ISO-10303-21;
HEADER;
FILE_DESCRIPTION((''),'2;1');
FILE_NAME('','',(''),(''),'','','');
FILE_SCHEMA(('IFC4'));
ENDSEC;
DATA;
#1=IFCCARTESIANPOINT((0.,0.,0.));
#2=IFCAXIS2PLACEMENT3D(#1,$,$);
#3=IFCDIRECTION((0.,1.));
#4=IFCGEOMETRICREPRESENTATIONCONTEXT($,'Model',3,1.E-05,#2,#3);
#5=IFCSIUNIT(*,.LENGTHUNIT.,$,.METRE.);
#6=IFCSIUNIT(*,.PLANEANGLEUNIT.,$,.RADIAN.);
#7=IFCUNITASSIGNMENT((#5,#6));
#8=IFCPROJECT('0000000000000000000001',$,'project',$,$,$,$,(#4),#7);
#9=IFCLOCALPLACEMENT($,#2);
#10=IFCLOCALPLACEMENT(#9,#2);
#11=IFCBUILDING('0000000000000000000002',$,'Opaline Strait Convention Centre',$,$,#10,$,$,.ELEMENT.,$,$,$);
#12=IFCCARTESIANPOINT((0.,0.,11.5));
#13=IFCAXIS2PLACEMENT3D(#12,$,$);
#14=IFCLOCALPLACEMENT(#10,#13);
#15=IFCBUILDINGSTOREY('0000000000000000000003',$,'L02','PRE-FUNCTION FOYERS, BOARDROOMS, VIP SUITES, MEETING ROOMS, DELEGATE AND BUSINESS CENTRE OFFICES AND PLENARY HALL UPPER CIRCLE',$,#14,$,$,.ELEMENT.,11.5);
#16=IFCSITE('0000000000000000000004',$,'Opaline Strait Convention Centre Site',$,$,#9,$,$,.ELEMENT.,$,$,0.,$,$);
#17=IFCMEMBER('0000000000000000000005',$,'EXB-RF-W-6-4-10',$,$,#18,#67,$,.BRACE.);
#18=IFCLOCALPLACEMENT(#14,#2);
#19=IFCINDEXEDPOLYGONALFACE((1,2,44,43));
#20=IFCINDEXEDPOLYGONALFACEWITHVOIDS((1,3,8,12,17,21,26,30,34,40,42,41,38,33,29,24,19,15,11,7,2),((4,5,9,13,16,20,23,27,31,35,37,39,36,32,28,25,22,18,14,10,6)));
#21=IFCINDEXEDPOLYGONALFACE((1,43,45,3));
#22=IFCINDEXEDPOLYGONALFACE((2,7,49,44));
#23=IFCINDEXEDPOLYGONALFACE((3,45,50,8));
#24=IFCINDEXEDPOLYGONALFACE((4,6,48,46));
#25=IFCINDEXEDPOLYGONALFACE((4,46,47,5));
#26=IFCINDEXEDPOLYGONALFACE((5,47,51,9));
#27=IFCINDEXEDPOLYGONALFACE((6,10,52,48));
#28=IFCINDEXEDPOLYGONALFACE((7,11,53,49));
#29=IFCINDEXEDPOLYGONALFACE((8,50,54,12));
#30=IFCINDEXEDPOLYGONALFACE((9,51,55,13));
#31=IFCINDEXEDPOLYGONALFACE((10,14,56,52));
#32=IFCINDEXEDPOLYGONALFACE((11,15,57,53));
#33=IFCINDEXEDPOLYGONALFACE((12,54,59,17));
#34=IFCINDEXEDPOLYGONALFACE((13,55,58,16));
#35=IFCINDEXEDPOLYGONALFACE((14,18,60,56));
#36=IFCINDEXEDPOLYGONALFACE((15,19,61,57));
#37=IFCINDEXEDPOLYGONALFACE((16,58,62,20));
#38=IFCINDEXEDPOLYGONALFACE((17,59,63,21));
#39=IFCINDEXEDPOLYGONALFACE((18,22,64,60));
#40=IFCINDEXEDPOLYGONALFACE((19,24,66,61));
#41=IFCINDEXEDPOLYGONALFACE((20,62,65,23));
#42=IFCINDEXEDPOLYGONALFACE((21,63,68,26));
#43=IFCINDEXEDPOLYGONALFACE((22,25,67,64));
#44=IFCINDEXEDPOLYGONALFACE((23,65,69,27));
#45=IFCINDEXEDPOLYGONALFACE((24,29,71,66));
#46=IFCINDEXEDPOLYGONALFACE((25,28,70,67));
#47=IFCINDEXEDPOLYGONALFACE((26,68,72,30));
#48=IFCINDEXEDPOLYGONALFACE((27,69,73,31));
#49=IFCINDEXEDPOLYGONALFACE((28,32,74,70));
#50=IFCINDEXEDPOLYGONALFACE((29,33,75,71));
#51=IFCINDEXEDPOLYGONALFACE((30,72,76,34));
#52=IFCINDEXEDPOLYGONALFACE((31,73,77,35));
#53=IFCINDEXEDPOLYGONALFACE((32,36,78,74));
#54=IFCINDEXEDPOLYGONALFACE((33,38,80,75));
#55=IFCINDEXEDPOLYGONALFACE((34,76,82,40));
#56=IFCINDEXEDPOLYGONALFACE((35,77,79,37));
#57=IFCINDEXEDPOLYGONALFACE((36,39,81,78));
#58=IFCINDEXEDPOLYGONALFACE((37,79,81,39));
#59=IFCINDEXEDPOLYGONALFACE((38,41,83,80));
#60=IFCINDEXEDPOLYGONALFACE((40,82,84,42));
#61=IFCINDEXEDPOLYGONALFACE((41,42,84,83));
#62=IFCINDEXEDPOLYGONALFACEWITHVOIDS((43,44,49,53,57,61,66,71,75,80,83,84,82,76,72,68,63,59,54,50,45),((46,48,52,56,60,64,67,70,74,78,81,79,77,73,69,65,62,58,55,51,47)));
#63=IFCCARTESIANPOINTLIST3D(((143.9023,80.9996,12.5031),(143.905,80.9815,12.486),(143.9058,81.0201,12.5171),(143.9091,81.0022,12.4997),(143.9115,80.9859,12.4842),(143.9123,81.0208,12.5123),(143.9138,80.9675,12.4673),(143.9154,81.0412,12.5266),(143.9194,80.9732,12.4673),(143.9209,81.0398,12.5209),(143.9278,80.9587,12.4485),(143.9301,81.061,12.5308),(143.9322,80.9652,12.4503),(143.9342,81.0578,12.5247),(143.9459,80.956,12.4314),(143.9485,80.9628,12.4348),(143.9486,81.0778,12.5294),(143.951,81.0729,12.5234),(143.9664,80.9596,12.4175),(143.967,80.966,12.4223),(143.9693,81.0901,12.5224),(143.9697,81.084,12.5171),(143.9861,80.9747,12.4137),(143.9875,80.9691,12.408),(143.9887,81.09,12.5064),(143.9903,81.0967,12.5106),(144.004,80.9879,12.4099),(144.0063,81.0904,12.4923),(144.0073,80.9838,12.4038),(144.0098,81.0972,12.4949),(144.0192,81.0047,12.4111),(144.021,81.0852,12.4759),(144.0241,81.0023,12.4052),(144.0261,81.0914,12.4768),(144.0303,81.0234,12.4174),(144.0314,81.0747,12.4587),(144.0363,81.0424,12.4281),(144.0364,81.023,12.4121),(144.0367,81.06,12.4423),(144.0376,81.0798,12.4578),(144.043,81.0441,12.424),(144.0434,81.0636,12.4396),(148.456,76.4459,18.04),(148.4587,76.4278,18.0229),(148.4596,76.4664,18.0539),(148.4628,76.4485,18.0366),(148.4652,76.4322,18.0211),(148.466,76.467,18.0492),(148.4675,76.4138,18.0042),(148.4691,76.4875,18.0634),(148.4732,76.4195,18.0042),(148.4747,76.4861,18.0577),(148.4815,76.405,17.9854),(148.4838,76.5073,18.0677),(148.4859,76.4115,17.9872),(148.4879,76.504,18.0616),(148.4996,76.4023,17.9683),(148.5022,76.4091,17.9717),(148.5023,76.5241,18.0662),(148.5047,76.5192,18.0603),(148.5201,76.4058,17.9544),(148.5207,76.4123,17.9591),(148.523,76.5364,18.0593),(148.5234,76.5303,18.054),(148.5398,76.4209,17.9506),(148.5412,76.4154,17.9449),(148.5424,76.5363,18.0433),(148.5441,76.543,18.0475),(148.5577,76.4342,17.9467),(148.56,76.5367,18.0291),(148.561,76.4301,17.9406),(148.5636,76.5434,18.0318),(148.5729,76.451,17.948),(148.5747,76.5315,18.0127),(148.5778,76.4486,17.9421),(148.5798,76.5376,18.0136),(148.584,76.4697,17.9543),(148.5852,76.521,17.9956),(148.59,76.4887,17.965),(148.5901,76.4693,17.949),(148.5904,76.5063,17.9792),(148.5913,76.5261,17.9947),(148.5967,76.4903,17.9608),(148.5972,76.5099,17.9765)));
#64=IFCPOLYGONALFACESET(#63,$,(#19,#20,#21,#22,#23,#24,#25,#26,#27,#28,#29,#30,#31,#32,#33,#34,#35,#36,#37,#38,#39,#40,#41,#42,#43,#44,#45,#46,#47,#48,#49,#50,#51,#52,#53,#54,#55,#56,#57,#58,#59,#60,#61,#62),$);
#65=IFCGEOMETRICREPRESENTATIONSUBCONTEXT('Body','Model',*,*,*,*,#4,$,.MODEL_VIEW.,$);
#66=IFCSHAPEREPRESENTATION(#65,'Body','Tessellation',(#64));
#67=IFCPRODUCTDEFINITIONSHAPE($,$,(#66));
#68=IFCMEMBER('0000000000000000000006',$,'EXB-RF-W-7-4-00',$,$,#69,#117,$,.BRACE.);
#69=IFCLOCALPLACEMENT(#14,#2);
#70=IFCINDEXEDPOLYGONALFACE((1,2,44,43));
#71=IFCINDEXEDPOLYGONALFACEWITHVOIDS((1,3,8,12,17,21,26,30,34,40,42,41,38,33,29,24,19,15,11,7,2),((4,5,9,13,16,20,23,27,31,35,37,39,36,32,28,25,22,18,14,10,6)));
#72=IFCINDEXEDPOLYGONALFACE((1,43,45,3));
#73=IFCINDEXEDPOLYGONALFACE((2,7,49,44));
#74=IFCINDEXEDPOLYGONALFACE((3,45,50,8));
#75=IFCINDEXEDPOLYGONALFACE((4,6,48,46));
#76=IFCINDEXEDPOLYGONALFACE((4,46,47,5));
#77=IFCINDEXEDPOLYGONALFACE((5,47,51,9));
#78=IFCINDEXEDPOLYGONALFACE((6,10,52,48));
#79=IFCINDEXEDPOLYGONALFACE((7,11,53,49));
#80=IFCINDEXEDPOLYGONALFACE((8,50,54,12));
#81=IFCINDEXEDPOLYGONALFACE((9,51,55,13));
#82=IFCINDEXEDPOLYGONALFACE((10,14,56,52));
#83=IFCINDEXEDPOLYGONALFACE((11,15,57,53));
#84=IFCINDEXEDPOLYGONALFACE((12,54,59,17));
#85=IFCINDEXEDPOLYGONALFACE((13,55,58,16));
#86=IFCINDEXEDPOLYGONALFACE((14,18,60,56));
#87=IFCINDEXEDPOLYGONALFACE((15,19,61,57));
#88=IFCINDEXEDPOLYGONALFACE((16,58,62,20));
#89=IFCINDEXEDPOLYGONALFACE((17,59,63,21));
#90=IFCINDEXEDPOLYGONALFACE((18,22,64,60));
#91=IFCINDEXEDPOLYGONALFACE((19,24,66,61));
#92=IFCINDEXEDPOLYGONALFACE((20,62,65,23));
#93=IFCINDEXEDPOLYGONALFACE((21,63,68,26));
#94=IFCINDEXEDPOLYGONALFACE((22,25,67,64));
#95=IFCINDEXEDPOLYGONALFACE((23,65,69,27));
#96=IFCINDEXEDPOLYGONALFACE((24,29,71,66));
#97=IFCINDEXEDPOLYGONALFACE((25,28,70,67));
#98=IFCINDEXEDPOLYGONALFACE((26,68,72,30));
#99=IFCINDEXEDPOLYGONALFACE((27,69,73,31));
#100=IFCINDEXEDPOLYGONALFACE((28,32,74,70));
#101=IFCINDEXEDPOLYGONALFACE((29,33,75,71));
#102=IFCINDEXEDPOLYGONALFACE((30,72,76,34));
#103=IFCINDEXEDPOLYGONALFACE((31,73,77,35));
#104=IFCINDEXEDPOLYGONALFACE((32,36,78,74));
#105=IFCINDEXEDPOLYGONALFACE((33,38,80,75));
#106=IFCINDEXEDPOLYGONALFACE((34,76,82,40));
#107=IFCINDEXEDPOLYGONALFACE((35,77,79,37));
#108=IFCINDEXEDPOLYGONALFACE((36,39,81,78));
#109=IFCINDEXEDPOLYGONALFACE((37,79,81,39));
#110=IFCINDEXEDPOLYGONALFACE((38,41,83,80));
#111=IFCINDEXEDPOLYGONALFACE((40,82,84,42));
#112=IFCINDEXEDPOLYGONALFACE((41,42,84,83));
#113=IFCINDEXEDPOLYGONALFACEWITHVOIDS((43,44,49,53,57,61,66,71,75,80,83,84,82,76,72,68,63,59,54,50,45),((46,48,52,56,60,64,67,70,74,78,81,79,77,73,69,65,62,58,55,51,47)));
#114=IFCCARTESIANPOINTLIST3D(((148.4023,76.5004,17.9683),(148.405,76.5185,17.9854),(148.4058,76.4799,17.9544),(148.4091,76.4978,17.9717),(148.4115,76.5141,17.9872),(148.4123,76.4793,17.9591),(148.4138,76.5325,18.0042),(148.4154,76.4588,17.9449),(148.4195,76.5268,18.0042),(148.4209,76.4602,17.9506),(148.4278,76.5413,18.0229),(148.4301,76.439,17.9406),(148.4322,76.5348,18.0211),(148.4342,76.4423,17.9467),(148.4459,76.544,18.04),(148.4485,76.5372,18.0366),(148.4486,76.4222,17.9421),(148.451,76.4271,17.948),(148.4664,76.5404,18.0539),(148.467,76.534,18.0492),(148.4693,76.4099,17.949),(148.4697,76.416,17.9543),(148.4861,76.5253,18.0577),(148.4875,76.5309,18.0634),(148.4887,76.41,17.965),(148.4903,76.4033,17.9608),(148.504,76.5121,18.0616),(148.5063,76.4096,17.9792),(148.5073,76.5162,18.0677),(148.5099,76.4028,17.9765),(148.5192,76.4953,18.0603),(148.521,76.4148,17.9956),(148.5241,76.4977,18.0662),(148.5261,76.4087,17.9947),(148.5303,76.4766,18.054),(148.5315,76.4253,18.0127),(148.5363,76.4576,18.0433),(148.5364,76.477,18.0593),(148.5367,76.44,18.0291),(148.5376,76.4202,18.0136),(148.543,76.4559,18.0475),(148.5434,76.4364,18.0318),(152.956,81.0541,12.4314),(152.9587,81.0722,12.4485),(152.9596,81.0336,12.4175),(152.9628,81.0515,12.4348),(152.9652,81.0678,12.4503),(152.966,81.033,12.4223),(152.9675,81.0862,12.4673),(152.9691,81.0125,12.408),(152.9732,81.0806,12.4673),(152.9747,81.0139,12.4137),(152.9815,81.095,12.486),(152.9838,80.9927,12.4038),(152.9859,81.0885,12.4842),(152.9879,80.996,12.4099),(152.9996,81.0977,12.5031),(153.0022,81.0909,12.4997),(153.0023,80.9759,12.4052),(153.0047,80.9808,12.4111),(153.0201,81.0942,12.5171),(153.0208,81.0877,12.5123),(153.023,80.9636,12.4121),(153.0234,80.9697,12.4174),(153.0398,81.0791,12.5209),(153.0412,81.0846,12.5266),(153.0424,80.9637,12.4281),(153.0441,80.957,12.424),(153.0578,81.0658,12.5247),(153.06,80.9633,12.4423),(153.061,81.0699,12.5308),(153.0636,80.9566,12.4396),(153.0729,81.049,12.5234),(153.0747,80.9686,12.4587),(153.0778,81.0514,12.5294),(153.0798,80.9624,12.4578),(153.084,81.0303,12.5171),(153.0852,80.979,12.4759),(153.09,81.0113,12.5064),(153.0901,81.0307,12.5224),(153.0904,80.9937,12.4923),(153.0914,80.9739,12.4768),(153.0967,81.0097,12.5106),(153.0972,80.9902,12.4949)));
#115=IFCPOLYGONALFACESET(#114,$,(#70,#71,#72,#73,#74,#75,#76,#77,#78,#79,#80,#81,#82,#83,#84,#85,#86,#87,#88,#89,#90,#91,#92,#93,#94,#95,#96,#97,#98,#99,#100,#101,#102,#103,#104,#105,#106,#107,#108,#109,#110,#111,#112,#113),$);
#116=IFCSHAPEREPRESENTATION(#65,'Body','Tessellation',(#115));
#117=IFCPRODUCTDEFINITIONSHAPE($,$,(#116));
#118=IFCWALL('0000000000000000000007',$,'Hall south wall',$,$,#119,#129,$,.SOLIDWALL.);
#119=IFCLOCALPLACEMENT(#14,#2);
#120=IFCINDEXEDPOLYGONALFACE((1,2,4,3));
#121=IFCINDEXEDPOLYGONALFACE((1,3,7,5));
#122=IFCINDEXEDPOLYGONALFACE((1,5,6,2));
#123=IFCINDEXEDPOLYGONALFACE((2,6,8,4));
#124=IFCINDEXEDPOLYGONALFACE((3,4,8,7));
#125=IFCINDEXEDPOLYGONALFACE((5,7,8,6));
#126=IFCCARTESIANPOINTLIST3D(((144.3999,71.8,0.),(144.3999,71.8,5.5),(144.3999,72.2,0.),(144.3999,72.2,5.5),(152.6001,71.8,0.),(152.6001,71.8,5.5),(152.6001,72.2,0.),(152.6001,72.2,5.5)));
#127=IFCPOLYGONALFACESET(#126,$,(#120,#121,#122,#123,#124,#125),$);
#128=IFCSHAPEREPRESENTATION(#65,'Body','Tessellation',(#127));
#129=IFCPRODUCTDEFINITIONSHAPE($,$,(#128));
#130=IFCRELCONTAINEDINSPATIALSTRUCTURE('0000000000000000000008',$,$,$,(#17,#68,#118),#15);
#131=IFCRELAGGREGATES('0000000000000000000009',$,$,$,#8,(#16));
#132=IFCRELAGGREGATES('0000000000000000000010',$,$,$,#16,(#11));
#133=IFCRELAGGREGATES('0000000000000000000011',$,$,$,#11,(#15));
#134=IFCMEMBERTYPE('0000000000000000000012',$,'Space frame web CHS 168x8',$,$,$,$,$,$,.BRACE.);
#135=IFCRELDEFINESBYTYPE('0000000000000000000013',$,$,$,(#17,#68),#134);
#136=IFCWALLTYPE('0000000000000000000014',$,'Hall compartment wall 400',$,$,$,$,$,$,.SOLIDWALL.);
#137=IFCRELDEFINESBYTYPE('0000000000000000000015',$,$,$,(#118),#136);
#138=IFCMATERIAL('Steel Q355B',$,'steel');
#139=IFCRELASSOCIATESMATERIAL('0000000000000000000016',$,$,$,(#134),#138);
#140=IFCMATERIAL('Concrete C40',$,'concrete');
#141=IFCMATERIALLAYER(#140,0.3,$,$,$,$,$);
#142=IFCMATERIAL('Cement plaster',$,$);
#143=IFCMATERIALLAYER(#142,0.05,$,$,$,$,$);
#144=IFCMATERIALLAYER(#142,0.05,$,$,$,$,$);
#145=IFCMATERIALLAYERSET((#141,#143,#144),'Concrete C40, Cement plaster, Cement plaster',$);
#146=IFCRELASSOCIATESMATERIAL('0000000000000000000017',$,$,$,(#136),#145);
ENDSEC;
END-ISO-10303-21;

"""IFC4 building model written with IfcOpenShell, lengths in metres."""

from ifc_helpers import new_model, si_unit, direction, frame, frame_2d, origin, origin_2d, place, context, subcontext, project, spatial, rectangle, hollow_circle, extrude, material, layer, layer_set, material_profile, profile_set, type_object, element, save


model = new_model("IFC4")

# Units and contexts
model_context = context("Model", 3, precision=1e-05, world=origin(), true_north=direction((0.0, 1.0)))
body_context = subcontext(model_context, "Body", "Model", "MODEL_VIEW")
ifc_project = project(units=[si_unit("LENGTHUNIT", "METRE"), si_unit("PLANEANGLEUNIT", "RADIAN")], contexts=[model_context])

# Site, building, storey
site_placement = place(None, origin())
site = spatial("IfcSite", under=ifc_project, at=site_placement, Name="Opaline Strait Convention Centre Site", CompositionType="ELEMENT", RefElevation=0.0)
building_placement = place(site_placement, origin())
building = spatial("IfcBuilding", under=site, at=building_placement, Name="Opaline Strait Convention Centre", CompositionType="ELEMENT")
storey_placement = place(building_placement, frame((0.0, 0.0, 11.5)))
storey = spatial("IfcBuildingStorey", under=building, at=storey_placement, Name="L02", Description="PRE-FUNCTION FOYERS, BOARDROOMS, VIP SUITES, MEETING ROOMS, DELEGATE AND BUSINESS CENTRE OFFICES AND PLENARY HALL UPPER CIRCLE", CompositionType="ELEMENT", Elevation=11.5)

# Members
ifc_material_1 = material(Name="Steel Q355B", Category="steel")
ifc_material_profile_1 = material_profile(ifc_material_1, hollow_circle(Radius=0.084, WallThickness=0.0081, at=origin_2d()), Name="CHS 168x8")
ifc_profile_set_1 = profile_set([ifc_material_profile_1], Name="Steel Q355B")
member_type_1 = type_object("IfcMemberType", Name="Space frame web CHS 168x8", PredefinedType="BRACE", material=ifc_profile_set_1)
for number, where, z_axis, x_axis, name in (
    (1, (148.5269, 76.4731, 18.0042), (-0.536178, 0.536178, -0.65194), (-0.707107, -0.707107, 0.0), "EXB-RF-W-6-4-10"),
    (2, (148.4731, 76.4731, 18.0042), (0.536178, 0.536178, -0.65194), (-0.707107, 0.707107, 0.0), "EXB-RF-W-7-4-00"),
):
    element("IfcMember", number, at=place(storey_placement, frame(where, z_axis=z_axis, x_axis=x_axis)), inside=storey, type_object=member_type_1, Name=name, PredefinedType="BRACE", context=body_context, shape_type="SweptSolid", body=[
        extrude(hollow_circle(Radius=0.084, WallThickness=0.0081, at=origin_2d()), origin(), (0.0, 0.0, 1.0), 8.4929),
    ])

# Wall
ifc_material_2 = material(Name="Concrete C40", Category="concrete")
ifc_layer_1 = layer(ifc_material_2, 0.3)
ifc_material_3 = material(Name="Cement plaster")
ifc_layer_2 = layer(ifc_material_3, 0.05)
ifc_layer_3 = layer(ifc_material_3, 0.05)
ifc_layer_set = layer_set([ifc_layer_1, ifc_layer_2, ifc_layer_3], Name="Concrete C40, Cement plaster, Cement plaster")
wall_type = type_object("IfcWallType", Name="Hall compartment wall 400", PredefinedType="SOLIDWALL", material=ifc_layer_set)
wall_placement = place(storey_placement, frame((144.3999, 72.0, 0.0), z_axis=(0.0, 0.0, 1.0), x_axis=(1.0, 0.0, 0.0)))
element("IfcWall", 3, at=wall_placement, inside=storey, type_object=wall_type, Name="Hall south wall", PredefinedType="SOLIDWALL", context=body_context, shape_type="SweptSolid", body=[
    extrude(rectangle(XDim=8.2002, YDim=0.3999, at=frame_2d((4.1001, 0.0))), origin(), (0.0, 0.0, 1.0), 5.5),
])

save(model, "model.ifc")
